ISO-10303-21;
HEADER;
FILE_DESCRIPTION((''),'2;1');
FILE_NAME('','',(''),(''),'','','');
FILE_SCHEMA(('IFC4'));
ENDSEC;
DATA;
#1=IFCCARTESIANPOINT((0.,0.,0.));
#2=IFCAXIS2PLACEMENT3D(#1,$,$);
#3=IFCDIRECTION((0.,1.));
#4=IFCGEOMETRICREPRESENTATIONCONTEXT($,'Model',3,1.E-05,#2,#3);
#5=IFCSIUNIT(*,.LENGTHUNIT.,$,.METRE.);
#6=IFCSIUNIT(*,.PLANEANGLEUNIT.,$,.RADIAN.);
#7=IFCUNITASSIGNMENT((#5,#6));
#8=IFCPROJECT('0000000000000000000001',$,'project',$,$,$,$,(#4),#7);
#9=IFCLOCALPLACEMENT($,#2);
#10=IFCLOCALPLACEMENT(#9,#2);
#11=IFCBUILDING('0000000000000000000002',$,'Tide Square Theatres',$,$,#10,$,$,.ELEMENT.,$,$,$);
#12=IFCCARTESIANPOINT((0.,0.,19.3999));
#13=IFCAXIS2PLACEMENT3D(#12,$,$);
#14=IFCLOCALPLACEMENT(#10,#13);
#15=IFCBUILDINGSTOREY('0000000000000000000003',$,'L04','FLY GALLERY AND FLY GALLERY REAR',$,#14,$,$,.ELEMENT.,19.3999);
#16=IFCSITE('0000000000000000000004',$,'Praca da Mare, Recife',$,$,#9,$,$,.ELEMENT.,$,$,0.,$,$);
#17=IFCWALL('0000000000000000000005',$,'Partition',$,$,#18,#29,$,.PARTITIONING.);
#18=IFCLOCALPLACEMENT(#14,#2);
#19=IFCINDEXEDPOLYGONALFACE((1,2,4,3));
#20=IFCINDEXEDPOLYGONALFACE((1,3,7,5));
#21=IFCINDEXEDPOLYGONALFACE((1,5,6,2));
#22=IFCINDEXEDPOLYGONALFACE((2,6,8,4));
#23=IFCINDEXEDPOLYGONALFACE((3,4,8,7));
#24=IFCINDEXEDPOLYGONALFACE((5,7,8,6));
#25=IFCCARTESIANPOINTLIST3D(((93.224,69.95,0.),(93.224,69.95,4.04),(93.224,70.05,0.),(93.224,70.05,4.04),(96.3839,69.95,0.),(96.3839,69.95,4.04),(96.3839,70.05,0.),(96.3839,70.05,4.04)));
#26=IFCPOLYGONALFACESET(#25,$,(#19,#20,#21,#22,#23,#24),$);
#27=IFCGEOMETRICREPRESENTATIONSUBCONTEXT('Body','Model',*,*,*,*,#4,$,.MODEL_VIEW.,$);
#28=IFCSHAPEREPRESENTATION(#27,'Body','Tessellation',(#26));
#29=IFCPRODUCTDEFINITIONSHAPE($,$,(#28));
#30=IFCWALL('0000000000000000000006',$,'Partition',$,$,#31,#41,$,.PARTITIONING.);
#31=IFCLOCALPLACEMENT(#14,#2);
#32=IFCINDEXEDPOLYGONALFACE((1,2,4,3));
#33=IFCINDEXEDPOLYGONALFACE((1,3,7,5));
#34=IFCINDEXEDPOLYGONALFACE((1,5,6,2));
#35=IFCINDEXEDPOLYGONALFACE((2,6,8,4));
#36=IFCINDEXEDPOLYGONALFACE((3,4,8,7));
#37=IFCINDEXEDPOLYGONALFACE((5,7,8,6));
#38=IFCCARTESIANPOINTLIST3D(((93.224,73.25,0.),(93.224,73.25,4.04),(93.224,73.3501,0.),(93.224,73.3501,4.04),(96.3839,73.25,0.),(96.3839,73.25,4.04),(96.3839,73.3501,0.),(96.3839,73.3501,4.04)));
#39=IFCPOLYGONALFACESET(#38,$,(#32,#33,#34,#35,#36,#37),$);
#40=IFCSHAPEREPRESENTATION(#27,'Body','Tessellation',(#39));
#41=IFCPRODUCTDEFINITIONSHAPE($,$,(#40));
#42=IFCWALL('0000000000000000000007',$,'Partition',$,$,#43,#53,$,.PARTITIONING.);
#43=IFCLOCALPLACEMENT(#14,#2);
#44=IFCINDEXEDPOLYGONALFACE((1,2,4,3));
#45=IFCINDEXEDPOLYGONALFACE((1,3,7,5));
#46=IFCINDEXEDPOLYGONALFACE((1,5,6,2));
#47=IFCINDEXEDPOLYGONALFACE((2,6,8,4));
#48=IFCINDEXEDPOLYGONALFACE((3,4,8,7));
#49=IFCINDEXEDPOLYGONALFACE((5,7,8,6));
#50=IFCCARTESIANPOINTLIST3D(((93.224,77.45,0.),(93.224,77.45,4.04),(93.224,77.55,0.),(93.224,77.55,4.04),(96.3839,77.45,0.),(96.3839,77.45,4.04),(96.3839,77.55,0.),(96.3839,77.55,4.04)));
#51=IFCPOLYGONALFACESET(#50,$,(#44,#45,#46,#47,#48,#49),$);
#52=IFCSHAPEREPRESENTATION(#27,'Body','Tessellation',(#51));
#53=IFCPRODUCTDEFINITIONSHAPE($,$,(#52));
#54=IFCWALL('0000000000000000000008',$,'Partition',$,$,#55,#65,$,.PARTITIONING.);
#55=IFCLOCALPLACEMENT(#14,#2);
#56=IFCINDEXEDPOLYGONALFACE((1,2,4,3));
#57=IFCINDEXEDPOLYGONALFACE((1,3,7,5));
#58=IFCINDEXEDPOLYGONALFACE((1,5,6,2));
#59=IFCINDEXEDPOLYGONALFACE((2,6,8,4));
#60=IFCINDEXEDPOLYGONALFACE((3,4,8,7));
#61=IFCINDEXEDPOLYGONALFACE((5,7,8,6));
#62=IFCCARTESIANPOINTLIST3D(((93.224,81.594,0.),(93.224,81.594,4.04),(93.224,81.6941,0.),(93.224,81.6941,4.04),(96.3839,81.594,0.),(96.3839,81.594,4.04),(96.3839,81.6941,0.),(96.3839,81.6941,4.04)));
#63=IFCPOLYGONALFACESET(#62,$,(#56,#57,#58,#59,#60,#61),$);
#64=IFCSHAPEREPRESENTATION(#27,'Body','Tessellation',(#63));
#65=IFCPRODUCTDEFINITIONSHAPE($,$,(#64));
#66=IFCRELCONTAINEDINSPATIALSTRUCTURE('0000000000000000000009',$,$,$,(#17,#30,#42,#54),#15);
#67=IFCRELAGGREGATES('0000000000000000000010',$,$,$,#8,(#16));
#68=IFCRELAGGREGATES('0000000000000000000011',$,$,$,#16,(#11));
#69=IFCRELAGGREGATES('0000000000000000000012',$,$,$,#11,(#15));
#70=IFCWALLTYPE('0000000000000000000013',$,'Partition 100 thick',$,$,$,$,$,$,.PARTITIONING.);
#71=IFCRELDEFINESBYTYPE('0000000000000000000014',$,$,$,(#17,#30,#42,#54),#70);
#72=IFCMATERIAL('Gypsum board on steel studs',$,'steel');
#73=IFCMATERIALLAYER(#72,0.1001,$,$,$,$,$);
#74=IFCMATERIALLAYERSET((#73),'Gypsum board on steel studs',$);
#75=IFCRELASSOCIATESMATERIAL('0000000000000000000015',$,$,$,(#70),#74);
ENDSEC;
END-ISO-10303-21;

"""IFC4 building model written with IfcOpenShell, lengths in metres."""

from ifc_helpers import new_model, si_unit, direction, frame, frame_2d, origin, place, context, subcontext, project, spatial, rectangle, extrude, material, layer, layer_set, type_object, element, save


model = new_model("IFC4")

# Units and contexts
model_context = context("Model", 3, precision=1e-05, world=origin(), true_north=direction((0.0, 1.0)))
body_context = subcontext(model_context, "Body", "Model", "MODEL_VIEW")
ifc_project = project(units=[si_unit("LENGTHUNIT", "METRE"), si_unit("PLANEANGLEUNIT", "RADIAN")], contexts=[model_context])

# Site, building, storey
site_placement = place(None, origin())
site = spatial("IfcSite", under=ifc_project, at=site_placement, Name="Praca da Mare, Recife", CompositionType="ELEMENT", RefElevation=0.0)
building_placement = place(site_placement, origin())
building = spatial("IfcBuilding", under=site, at=building_placement, Name="Tide Square Theatres", CompositionType="ELEMENT")
storey_placement = place(building_placement, frame((0.0, 0.0, 19.3999)))
storey = spatial("IfcBuildingStorey", under=building, at=storey_placement, Name="L04", Description="FLY GALLERY AND FLY GALLERY REAR", CompositionType="ELEMENT", Elevation=19.3999)

# Walls
ifc_material_1 = material(Name="Gypsum board on steel studs", Category="steel")
ifc_layer_1 = layer(ifc_material_1, 0.1001)
ifc_layer_set_1 = layer_set([ifc_layer_1], Name="Gypsum board on steel studs")
wall_type = type_object("IfcWallType", Name="Partition 100 thick", PredefinedType="PARTITIONING", material=ifc_layer_set_1)
for number, where, z_axis, x_axis, name in (
    (1, (96.384, 70.0, 0.0), (0.0, 0.0, 1.0), (-1.0, 0.0, 0.0), "Partition"),
    (2, (96.384, 73.3, 0.0), (0.0, 0.0, 1.0), (-1.0, 0.0, 0.0), "Partition"),
    (3, (96.384, 77.5, 0.0), (0.0, 0.0, 1.0), (-1.0, 0.0, 0.0), "Partition"),
    (4, (96.384, 81.644, 0.0), (0.0, 0.0, 1.0), (-1.0, 0.0, 0.0), "Partition"),
):
    element("IfcWall", number, at=place(storey_placement, frame(where, z_axis=z_axis, x_axis=x_axis)), inside=storey, type_object=wall_type, Name=name, PredefinedType="PARTITIONING", context=body_context, shape_type="SweptSolid", body=[
        extrude(rectangle(XDim=3.1599, YDim=0.1001, at=frame_2d((1.5801, 0.0))), origin(), (0.0, 0.0, 1.0), 4.04),
    ])

save(model, "model.ifc")
